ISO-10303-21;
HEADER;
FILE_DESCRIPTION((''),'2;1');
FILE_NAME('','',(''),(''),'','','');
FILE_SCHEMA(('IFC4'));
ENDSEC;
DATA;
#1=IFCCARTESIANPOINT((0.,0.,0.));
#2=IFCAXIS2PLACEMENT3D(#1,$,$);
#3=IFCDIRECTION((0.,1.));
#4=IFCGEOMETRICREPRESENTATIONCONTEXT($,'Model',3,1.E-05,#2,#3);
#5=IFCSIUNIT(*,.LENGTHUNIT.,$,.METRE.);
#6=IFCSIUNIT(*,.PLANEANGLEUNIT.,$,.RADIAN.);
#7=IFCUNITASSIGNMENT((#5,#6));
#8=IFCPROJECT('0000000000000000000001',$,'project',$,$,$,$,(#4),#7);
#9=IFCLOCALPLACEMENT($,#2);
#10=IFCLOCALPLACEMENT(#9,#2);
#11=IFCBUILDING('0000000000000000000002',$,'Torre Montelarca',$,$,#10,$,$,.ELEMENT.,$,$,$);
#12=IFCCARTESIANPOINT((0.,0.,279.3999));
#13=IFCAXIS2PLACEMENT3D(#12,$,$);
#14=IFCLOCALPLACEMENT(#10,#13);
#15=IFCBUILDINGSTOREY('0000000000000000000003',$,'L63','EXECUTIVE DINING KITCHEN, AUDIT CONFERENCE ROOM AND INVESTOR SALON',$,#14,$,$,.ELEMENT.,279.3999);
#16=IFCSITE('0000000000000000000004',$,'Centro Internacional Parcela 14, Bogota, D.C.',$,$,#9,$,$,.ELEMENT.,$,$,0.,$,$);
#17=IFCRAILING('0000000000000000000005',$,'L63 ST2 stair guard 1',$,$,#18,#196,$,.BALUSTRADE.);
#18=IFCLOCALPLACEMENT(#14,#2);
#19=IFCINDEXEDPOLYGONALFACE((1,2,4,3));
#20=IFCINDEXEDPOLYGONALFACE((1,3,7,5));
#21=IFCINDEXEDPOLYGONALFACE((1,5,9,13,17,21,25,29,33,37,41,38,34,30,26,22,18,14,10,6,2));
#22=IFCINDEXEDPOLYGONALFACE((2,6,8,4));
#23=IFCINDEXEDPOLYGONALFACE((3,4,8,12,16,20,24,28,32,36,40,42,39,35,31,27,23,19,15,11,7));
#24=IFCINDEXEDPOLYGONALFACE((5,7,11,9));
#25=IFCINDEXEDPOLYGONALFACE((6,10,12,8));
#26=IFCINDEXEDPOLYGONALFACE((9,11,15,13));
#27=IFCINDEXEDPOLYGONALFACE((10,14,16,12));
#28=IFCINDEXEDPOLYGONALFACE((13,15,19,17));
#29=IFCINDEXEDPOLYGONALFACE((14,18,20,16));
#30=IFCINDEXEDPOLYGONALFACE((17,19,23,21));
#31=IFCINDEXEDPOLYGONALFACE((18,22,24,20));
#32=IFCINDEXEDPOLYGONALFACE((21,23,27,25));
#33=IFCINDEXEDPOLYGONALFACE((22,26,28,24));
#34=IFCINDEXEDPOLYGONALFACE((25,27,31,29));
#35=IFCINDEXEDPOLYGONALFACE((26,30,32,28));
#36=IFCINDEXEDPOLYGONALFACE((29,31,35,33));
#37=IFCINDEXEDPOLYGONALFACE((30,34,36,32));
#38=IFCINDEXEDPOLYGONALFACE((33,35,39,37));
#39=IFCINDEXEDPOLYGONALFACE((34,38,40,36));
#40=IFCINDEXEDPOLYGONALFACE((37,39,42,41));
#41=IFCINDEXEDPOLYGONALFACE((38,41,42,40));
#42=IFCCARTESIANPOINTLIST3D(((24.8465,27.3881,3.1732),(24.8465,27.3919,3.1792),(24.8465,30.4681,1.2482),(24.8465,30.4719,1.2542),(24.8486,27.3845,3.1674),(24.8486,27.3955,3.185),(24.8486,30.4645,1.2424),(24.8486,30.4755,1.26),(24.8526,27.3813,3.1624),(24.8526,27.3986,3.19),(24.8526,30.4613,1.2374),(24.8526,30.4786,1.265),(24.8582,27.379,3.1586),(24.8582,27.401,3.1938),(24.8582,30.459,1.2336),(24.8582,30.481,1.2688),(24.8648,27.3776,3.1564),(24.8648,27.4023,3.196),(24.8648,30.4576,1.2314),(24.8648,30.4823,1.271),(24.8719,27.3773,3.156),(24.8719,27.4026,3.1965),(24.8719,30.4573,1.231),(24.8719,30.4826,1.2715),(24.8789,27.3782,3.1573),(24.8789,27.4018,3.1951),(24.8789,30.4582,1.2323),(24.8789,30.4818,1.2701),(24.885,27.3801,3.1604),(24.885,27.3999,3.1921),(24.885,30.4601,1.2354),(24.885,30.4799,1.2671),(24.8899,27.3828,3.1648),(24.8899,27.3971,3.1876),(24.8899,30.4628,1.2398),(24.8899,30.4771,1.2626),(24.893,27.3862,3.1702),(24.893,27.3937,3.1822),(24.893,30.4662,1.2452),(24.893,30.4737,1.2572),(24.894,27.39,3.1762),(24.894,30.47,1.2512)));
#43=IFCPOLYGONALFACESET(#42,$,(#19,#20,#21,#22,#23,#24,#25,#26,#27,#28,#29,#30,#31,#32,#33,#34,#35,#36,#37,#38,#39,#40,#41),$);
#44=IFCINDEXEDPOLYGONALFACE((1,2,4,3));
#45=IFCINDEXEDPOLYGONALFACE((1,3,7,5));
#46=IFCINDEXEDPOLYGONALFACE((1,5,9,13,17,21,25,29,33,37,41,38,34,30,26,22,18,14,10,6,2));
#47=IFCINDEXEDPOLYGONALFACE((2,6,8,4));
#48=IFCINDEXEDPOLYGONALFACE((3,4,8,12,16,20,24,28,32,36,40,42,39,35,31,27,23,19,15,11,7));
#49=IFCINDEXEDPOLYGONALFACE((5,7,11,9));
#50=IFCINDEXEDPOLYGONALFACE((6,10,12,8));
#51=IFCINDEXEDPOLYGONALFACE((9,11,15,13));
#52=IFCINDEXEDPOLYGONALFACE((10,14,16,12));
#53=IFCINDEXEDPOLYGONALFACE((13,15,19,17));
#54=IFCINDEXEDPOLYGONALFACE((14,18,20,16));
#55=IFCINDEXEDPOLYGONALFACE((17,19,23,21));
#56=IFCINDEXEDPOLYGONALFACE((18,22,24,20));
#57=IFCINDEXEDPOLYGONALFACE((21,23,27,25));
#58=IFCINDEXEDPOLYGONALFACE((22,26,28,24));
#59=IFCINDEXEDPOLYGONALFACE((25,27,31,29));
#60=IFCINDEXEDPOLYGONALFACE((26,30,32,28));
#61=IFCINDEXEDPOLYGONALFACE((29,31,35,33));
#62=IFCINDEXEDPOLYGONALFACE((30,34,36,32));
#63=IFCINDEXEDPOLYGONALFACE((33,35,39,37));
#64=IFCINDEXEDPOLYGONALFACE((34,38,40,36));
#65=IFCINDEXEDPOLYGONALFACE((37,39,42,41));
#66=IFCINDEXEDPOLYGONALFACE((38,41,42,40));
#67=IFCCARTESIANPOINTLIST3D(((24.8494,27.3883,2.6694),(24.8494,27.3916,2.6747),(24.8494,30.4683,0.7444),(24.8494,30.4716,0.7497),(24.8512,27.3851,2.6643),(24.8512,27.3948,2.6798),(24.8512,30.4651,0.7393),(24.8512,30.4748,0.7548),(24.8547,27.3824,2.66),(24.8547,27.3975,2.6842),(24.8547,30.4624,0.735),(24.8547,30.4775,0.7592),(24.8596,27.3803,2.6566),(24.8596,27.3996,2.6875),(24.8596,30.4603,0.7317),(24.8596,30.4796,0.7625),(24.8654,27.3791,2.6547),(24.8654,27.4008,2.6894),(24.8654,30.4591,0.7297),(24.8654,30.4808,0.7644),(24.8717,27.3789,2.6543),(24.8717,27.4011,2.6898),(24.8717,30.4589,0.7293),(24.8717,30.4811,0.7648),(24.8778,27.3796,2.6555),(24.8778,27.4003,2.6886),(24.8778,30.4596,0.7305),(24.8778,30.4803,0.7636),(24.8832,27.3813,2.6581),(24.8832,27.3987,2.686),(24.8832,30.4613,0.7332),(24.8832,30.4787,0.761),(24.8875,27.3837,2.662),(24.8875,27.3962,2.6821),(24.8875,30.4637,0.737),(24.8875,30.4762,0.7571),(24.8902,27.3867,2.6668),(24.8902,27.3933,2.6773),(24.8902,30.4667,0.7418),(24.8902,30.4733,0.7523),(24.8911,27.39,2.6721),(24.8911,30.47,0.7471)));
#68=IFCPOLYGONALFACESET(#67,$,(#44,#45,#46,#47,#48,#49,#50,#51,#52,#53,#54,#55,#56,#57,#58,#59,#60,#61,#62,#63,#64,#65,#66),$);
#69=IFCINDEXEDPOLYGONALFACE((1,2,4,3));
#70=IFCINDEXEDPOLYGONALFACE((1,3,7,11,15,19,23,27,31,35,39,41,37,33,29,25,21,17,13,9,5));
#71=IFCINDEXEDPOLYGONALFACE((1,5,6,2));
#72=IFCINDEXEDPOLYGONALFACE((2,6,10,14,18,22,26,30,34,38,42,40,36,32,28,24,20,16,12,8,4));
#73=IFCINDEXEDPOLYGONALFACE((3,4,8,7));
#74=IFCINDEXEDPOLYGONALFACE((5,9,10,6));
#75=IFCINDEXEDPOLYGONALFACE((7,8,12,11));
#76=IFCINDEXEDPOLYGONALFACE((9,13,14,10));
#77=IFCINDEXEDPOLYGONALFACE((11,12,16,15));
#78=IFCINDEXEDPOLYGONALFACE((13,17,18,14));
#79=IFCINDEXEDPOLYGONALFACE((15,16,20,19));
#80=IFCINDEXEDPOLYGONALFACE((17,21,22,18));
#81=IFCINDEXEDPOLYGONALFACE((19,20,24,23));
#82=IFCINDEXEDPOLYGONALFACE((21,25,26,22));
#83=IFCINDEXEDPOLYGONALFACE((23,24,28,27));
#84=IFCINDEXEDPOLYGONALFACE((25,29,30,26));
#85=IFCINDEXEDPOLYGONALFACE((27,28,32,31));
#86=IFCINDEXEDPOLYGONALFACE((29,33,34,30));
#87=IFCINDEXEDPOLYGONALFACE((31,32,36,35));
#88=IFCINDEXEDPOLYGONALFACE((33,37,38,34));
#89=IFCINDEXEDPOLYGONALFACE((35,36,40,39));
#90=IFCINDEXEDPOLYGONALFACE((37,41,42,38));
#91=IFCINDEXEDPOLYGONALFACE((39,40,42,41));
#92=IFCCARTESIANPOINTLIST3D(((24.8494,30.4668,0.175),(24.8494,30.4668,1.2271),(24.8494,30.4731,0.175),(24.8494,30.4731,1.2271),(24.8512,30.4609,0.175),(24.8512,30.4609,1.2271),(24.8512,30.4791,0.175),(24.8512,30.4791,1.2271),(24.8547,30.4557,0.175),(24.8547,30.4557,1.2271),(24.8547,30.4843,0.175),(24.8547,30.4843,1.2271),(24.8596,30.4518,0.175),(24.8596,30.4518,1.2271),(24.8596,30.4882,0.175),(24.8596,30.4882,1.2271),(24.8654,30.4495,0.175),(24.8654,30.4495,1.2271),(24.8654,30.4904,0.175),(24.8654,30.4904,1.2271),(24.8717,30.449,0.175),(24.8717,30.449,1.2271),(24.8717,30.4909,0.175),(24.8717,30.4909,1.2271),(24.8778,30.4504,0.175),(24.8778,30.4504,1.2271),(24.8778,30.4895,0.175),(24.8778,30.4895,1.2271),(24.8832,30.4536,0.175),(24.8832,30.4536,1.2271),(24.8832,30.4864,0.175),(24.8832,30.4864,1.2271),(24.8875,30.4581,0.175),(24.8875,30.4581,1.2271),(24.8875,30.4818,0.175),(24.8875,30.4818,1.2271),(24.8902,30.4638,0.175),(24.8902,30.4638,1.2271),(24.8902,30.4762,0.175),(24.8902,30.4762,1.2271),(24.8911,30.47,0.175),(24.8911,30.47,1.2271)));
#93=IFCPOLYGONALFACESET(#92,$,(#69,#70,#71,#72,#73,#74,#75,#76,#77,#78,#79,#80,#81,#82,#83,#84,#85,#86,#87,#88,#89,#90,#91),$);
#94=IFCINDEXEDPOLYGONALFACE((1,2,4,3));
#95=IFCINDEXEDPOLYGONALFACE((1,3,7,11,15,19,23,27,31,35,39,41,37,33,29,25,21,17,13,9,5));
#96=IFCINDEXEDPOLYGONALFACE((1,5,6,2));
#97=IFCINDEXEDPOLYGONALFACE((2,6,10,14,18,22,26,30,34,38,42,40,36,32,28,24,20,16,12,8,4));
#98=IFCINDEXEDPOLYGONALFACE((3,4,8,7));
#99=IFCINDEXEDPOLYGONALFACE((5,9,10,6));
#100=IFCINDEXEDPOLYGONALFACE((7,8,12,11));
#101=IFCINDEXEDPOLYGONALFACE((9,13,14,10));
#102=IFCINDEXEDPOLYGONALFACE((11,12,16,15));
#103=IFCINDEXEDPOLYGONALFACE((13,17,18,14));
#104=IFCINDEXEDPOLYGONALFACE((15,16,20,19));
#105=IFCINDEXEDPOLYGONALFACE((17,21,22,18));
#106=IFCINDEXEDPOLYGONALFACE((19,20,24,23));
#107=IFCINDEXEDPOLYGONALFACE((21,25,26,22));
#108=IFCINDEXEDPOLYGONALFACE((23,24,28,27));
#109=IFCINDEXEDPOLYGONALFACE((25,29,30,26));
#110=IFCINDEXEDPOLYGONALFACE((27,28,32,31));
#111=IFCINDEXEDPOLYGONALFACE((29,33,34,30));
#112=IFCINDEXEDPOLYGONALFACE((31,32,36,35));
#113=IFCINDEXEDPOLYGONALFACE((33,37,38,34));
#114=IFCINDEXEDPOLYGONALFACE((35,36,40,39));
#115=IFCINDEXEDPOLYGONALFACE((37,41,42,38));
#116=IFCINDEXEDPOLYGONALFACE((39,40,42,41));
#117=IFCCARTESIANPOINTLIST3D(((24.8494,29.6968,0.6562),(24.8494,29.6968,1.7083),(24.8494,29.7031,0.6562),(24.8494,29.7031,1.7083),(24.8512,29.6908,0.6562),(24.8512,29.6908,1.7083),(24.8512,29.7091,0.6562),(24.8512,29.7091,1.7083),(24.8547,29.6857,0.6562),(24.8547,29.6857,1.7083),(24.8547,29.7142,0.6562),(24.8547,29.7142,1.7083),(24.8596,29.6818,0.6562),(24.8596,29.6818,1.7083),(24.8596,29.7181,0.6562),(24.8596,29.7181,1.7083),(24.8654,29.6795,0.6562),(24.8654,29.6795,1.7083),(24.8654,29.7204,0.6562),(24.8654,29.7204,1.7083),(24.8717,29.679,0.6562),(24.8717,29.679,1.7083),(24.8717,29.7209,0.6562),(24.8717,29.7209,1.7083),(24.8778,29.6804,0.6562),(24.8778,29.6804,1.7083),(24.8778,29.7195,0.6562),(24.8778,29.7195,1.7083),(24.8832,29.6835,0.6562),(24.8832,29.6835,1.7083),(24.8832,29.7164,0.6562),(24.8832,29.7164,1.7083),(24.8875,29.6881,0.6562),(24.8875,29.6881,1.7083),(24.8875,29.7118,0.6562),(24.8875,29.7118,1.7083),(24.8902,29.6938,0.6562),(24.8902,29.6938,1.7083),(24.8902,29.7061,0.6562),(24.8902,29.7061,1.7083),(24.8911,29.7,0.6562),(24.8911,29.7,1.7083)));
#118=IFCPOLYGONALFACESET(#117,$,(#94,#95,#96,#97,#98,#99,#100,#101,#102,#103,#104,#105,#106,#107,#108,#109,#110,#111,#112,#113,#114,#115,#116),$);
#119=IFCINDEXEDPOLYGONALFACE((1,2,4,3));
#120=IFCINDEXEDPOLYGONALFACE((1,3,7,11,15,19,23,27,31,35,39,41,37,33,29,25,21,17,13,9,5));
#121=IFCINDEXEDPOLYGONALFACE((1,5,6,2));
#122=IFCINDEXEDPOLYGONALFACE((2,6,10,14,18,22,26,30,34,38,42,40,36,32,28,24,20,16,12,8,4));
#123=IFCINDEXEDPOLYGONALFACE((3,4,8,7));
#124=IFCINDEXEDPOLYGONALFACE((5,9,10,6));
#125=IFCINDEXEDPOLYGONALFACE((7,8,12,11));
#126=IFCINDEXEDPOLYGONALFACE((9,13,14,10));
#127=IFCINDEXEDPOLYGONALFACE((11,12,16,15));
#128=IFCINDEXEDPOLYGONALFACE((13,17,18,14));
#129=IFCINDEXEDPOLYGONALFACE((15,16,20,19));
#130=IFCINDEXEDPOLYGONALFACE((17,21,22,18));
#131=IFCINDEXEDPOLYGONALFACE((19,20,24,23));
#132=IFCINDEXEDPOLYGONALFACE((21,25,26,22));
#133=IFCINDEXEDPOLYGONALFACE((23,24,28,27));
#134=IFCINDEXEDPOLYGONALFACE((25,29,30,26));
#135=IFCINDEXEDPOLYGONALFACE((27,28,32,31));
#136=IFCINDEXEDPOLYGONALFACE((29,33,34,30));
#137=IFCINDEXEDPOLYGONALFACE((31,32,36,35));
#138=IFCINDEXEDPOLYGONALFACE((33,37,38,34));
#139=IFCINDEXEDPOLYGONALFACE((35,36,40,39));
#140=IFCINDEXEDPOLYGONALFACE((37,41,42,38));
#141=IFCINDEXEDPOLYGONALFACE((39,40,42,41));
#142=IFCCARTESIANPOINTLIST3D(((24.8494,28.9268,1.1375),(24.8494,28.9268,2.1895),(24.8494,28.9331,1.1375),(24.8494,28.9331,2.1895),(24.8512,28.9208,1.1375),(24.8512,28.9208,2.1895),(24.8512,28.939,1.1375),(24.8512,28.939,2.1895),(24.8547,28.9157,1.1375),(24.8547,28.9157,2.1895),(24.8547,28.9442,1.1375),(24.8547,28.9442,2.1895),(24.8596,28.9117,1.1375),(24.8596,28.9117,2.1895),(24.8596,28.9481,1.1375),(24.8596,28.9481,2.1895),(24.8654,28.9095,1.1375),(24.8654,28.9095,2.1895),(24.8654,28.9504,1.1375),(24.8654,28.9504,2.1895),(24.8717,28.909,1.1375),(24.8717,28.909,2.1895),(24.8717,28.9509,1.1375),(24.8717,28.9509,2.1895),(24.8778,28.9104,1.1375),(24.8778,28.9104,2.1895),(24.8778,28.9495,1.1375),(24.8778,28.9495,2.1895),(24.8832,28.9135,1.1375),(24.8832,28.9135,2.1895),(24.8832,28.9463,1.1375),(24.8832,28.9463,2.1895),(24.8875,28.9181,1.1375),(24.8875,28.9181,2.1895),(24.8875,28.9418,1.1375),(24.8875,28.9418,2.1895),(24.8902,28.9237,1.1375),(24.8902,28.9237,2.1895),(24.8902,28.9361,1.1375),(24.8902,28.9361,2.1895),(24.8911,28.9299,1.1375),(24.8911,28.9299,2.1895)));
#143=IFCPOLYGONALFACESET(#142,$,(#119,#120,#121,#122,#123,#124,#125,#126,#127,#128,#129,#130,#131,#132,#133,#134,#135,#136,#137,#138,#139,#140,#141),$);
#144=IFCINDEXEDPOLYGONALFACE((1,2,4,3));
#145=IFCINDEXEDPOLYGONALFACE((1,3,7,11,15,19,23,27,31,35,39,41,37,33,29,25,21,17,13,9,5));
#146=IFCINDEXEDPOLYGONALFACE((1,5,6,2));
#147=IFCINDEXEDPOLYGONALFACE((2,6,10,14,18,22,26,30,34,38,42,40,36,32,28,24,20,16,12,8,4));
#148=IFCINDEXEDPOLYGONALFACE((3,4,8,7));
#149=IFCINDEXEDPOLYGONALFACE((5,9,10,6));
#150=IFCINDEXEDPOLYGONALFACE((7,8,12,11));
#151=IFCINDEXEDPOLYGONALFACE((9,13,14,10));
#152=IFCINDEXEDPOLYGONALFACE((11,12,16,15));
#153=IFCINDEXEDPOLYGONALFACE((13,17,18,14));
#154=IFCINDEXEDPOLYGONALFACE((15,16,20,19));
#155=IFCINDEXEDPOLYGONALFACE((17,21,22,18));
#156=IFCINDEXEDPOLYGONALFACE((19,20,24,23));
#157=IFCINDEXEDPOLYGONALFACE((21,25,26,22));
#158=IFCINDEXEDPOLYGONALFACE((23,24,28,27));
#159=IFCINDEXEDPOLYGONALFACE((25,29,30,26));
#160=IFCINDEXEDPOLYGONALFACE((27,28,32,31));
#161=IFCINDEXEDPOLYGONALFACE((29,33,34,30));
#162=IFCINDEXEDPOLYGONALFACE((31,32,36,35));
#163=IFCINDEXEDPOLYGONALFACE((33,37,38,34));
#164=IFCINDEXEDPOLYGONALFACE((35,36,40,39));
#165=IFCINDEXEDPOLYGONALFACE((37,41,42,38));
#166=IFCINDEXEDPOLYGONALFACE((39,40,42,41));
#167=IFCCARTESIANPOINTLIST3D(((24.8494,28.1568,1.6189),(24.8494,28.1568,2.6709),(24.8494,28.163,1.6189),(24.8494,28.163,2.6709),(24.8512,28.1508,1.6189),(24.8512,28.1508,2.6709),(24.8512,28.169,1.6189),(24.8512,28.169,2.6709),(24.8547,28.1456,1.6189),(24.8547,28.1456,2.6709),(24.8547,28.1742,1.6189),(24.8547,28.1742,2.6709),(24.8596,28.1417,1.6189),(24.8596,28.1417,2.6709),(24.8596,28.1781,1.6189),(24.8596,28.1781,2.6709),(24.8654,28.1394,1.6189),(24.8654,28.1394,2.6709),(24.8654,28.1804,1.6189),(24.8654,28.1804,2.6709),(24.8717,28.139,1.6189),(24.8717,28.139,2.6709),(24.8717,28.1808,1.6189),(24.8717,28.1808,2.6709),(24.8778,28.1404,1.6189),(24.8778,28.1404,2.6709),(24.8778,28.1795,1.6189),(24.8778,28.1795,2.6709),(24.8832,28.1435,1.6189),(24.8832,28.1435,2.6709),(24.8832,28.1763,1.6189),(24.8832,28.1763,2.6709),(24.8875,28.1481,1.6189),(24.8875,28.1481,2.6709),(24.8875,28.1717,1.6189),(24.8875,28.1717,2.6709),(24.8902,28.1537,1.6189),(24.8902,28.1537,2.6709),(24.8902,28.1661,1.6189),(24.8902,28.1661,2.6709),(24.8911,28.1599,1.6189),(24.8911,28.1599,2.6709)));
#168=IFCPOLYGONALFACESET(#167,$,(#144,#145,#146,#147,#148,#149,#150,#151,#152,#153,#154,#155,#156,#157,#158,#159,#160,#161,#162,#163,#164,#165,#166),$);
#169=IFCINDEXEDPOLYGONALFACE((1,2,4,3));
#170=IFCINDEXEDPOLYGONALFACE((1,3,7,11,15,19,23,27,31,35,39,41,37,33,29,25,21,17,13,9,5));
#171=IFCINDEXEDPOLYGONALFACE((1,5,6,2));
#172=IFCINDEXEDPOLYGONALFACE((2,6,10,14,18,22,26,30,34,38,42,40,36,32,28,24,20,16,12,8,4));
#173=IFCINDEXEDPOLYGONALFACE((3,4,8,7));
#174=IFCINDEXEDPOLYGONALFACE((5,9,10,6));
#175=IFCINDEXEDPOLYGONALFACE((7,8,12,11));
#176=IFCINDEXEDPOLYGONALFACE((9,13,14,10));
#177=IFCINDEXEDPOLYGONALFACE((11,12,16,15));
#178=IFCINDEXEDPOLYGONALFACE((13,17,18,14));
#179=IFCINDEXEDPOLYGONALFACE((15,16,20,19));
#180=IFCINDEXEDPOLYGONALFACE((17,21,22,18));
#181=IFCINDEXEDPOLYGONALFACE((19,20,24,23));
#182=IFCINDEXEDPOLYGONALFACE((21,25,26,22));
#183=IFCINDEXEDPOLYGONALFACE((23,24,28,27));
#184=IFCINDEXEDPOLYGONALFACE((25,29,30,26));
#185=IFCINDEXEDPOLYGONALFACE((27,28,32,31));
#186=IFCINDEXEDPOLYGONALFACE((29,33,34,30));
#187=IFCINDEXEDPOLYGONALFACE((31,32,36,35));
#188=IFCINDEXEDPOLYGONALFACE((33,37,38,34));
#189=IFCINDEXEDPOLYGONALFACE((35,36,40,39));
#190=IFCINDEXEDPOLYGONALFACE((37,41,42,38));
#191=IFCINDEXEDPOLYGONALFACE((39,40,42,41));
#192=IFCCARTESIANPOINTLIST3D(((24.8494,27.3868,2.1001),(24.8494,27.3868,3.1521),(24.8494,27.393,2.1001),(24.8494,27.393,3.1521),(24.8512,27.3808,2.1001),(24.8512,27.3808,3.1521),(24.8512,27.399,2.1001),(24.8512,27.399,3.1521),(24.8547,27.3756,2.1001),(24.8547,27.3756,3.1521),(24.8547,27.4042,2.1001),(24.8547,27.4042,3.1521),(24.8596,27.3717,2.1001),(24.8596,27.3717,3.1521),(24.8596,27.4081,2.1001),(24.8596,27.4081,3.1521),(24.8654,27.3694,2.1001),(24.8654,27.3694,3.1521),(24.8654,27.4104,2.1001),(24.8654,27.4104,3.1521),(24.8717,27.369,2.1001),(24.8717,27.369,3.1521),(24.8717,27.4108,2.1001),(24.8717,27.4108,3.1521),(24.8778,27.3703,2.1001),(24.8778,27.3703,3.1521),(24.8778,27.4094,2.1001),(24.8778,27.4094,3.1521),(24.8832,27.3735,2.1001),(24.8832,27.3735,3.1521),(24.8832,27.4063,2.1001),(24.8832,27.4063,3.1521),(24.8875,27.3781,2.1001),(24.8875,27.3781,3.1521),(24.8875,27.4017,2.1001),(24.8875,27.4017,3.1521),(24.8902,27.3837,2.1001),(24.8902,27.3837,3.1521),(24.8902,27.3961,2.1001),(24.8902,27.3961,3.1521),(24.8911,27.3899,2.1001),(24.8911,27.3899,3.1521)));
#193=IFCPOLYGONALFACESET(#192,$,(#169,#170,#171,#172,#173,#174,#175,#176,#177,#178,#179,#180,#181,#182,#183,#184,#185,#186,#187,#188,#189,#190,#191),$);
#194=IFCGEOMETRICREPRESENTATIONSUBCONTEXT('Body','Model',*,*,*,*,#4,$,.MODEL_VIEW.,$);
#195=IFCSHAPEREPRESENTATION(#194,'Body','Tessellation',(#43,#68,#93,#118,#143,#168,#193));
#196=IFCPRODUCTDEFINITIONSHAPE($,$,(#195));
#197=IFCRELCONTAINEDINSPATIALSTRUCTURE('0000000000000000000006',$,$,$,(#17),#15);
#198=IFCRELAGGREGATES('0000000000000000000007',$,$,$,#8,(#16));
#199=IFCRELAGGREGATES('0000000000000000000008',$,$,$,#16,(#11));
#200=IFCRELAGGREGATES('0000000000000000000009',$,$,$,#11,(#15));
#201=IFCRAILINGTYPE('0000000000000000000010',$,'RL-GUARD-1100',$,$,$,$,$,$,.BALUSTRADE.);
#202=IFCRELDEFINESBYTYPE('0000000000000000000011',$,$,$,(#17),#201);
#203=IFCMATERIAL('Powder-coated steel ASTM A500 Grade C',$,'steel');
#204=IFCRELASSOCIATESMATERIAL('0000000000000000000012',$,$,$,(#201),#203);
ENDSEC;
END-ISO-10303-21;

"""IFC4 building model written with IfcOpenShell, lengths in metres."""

from ifc_helpers import new_model, si_unit, direction, frame, origin, origin_2d, place, context, subcontext, project, spatial, circle, extrude, material, type_object, element, save


model = new_model("IFC4")

# Units and contexts
model_context = context("Model", 3, precision=1e-05, world=origin(), true_north=direction((0.0, 1.0)))
body_context = subcontext(model_context, "Body", "Model", "MODEL_VIEW")
ifc_project = project(units=[si_unit("LENGTHUNIT", "METRE"), si_unit("PLANEANGLEUNIT", "RADIAN")], contexts=[model_context])

# Site, building, storey
site_placement = place(None, origin())
site = spatial("IfcSite", under=ifc_project, at=site_placement, Name="Centro Internacional Parcela 14, Bogota, D.C.", CompositionType="ELEMENT", RefElevation=0.0)
building_placement = place(site_placement, origin())
building = spatial("IfcBuilding", under=site, at=building_placement, Name="Torre Montelarca", CompositionType="ELEMENT")
storey_placement = place(building_placement, frame((0.0, 0.0, 279.3999)))
storey = spatial("IfcBuildingStorey", under=building, at=storey_placement, Name="L63", Description="EXECUTIVE DINING KITCHEN, AUDIT CONFERENCE ROOM AND INVESTOR SALON", CompositionType="ELEMENT", Elevation=279.3999)

# Railing
ifc_material_1 = material(Name="Powder-coated steel ASTM A500 Grade C", Category="steel")
railing_type_1 = type_object("IfcRailingType", Name="RL-GUARD-1100", PredefinedType="BALUSTRADE", material=ifc_material_1)
railing_1_placement = place(storey_placement, frame((24.8701, 30.47, 0.175)))
element("IfcRailing", 1, at=railing_1_placement, inside=storey, type_object=railing_type_1, Name="L63 ST2 stair guard 1", PredefinedType="BALUSTRADE", context=body_context, shape_type="SweptSolid", body=[
    extrude(circle(Radius=0.0239, at=origin_2d()), frame((0.0, 0.0, 1.0762), z_axis=(0.0, -0.847998, 0.529999), x_axis=(1.0, 0.0, 0.0)), (0.0, 0.0, 1.0), 3.6321),
    extrude(circle(Radius=0.021, at=origin_2d()), frame((0.0, 0.0, 0.572), z_axis=(0.0, -0.847998, 0.529999), x_axis=(1.0, 0.0, 0.0)), (0.0, 0.0, 1.0), 3.6321),
    extrude(circle(Radius=0.021, at=origin_2d()), origin(), (0.0, 0.0, 1.0), 1.052),
    extrude(circle(Radius=0.021, at=origin_2d()), frame((0.0, -0.77, 0.4812)), (0.0, 0.0, 1.0), 1.052),
    extrude(circle(Radius=0.021, at=origin_2d()), frame((0.0, -1.54, 0.9624)), (0.0, 0.0, 1.0), 1.052),
    extrude(circle(Radius=0.021, at=origin_2d()), frame((0.0, -2.3101, 1.4438)), (0.0, 0.0, 1.0), 1.052),
    extrude(circle(Radius=0.021, at=origin_2d()), frame((0.0, -3.0801, 1.925)), (0.0, 0.0, 1.0), 1.052),
])

save(model, "model.ifc")
